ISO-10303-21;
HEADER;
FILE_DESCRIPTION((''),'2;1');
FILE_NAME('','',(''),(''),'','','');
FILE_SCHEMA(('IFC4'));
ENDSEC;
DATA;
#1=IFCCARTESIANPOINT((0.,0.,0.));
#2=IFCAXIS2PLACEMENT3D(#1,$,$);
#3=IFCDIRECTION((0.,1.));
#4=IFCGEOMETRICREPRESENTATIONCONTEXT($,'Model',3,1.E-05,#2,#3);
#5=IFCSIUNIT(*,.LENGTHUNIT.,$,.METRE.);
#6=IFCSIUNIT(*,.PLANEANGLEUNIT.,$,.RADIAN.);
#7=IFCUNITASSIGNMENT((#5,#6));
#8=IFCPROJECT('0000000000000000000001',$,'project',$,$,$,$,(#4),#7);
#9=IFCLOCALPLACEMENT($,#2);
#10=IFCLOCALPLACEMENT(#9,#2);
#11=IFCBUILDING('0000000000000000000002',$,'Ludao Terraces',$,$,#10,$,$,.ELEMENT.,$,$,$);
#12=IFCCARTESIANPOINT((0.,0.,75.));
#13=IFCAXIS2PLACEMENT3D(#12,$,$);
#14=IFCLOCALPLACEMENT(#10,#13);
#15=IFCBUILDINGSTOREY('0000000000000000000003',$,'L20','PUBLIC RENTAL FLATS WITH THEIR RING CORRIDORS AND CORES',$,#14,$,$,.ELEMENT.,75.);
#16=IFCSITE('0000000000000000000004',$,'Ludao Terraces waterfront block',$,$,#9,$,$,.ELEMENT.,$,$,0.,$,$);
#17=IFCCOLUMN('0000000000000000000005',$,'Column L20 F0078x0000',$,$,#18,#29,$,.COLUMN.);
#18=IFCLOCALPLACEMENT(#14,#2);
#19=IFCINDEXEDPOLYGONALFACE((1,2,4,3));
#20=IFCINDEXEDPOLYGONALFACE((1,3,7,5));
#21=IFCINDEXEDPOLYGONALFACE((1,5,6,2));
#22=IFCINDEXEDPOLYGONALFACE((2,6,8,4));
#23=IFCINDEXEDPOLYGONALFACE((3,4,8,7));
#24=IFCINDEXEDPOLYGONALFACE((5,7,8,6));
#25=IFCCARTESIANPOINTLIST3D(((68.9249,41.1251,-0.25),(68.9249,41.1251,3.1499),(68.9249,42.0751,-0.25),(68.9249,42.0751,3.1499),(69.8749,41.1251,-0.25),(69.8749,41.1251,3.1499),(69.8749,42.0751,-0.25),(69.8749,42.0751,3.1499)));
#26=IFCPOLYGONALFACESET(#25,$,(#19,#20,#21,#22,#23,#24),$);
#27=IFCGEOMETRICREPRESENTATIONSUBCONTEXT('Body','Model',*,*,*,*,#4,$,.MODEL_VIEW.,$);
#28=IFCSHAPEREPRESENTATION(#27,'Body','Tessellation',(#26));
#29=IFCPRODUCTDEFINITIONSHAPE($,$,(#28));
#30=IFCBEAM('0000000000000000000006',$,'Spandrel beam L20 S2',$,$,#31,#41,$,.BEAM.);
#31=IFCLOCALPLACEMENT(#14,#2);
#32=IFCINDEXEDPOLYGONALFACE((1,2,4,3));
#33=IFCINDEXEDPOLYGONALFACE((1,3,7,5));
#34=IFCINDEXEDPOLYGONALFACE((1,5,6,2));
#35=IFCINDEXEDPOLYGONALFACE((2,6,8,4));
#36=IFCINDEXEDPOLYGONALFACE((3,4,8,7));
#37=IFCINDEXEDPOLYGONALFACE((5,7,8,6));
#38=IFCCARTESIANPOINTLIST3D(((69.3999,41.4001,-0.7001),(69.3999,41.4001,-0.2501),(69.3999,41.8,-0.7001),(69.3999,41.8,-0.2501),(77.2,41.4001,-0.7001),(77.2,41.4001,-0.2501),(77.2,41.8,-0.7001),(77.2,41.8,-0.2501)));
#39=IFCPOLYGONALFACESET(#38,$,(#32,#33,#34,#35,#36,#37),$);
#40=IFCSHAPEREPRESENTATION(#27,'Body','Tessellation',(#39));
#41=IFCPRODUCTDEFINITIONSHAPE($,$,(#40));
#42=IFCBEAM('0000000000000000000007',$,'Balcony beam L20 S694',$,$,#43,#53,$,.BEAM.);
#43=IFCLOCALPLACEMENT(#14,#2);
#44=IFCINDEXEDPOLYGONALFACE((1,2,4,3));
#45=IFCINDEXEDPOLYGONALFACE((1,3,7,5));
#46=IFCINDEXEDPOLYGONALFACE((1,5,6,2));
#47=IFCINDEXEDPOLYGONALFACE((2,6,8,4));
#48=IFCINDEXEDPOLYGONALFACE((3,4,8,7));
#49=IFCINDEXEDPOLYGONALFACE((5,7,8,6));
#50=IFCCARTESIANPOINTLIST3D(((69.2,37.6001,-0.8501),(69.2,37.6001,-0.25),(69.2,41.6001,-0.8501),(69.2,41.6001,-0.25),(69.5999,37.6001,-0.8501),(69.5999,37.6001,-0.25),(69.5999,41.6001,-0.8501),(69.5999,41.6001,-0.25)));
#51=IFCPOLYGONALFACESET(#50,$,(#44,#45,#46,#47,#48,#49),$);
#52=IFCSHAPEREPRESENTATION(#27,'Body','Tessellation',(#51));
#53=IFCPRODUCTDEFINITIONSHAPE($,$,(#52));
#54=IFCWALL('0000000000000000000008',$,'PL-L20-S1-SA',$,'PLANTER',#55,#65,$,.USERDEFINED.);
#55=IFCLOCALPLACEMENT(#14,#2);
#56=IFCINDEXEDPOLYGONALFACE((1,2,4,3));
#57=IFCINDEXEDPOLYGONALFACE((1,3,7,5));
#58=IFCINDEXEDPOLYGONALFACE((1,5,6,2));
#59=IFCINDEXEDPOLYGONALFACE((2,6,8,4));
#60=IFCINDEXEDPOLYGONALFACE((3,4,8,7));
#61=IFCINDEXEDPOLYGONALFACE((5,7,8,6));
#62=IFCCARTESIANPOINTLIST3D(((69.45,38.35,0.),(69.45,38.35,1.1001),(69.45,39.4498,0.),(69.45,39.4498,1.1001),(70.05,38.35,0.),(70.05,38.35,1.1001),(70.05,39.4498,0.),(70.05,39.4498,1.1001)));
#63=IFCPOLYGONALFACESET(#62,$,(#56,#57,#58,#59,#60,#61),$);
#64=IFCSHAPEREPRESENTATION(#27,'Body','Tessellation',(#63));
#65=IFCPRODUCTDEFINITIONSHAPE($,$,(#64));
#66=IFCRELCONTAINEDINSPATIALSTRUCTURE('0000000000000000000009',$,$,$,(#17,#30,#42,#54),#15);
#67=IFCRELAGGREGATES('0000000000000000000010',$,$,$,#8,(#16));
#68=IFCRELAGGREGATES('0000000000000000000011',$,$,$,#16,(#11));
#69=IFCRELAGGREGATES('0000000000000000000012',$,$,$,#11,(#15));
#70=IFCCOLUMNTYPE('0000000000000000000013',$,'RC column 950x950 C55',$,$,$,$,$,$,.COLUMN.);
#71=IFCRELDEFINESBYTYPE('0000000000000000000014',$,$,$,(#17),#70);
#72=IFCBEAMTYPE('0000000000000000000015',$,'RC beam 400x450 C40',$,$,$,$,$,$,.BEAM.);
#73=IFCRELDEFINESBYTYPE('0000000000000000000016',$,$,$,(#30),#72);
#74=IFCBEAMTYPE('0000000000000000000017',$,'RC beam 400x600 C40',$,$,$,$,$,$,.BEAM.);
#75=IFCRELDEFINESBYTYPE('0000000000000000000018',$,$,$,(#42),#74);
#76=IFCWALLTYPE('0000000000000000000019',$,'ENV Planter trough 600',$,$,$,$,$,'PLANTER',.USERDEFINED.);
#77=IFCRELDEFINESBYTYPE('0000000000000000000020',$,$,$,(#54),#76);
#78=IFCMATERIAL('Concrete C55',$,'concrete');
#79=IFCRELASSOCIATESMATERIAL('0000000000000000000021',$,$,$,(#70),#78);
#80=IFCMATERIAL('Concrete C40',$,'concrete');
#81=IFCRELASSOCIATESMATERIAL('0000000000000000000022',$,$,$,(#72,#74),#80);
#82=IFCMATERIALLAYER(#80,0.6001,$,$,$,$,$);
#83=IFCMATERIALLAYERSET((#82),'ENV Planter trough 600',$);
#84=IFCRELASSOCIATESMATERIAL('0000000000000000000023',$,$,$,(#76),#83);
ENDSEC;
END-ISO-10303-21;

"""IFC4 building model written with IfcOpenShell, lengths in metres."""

from ifc_helpers import new_model, si_unit, direction, frame, frame_2d, origin, origin_2d, place, context, subcontext, project, spatial, rectangle, extrude, material, layer, layer_set, material_profile, profile_set, type_object, element, save


model = new_model("IFC4")

# Units and contexts
model_context = context("Model", 3, precision=1e-05, world=origin(), true_north=direction((0.0, 1.0)))
body_context = subcontext(model_context, "Body", "Model", "MODEL_VIEW")
ifc_project = project(units=[si_unit("LENGTHUNIT", "METRE"), si_unit("PLANEANGLEUNIT", "RADIAN")], contexts=[model_context])

# Site, building, storey
site_placement = place(None, origin())
site = spatial("IfcSite", under=ifc_project, at=site_placement, Name="Ludao Terraces waterfront block", CompositionType="ELEMENT", RefElevation=0.0)
building_placement = place(site_placement, origin())
building = spatial("IfcBuilding", under=site, at=building_placement, Name="Ludao Terraces", CompositionType="ELEMENT")
storey_placement = place(building_placement, frame((0.0, 0.0, 75.0)))
storey = spatial("IfcBuildingStorey", under=building, at=storey_placement, Name="L20", Description="PUBLIC RENTAL FLATS WITH THEIR RING CORRIDORS AND CORES", CompositionType="ELEMENT", Elevation=75.0)

# Column
ifc_material_1 = material(Name="Concrete C55", Category="concrete")
ifc_material_profile_1 = material_profile(ifc_material_1, rectangle(XDim=0.95, YDim=0.95, at=origin_2d()), Name="950 X 950")
ifc_profile_set_1 = profile_set([ifc_material_profile_1], Name="Concrete C55")
column_type = type_object("IfcColumnType", Name="RC column 950x950 C55", PredefinedType="COLUMN", material=ifc_profile_set_1)
column_placement = place(storey_placement, frame((69.3999, 41.6001, -0.25), z_axis=(0.0, 0.0, 1.0), x_axis=(1.0, 0.0, 0.0)))
element("IfcColumn", 1, at=column_placement, inside=storey, type_object=column_type, Name="Column L20 F0078x0000", PredefinedType="COLUMN", context=body_context, shape_type="SweptSolid", body=[
    extrude(rectangle(XDim=0.95, YDim=0.95, at=origin_2d()), origin(), (0.0, 0.0, 1.0), 3.3999),
])

# Beams
ifc_material_2 = material(Name="Concrete C40", Category="concrete")
ifc_material_profile_2 = material_profile(ifc_material_2, rectangle(XDim=0.3999, YDim=0.45, at=origin_2d()), Name="400 X 450")
ifc_profile_set_2 = profile_set([ifc_material_profile_2], Name="Concrete C40")
beam_type_1 = type_object("IfcBeamType", Name="RC beam 400x450 C40", PredefinedType="BEAM", material=ifc_profile_set_2)
beam_1_placement = place(storey_placement, frame((69.3999, 41.6001, -0.4751), z_axis=(1.0, 0.0, 0.0), x_axis=(0.0, 1.0, 0.0)))
element("IfcBeam", 2, at=beam_1_placement, inside=storey, type_object=beam_type_1, Name="Spandrel beam L20 S2", PredefinedType="BEAM", context=body_context, shape_type="SweptSolid", body=[
    extrude(rectangle(XDim=0.3999, YDim=0.45, at=origin_2d()), origin(), (0.0, 0.0, 1.0), 7.8),
])
ifc_material_profile_3 = material_profile(ifc_material_2, rectangle(XDim=0.3999, YDim=0.6001, at=origin_2d()), Name="400 X 600")
ifc_profile_set_3 = profile_set([ifc_material_profile_3], Name="Concrete C40")
beam_type_2 = type_object("IfcBeamType", Name="RC beam 400x600 C40", PredefinedType="BEAM", material=ifc_profile_set_3)
beam_2_placement = place(storey_placement, frame((69.3999, 41.6001, -0.55), z_axis=(0.0, -1.0, 0.0), x_axis=(1.0, 0.0, 0.0)))
element("IfcBeam", 3, at=beam_2_placement, inside=storey, type_object=beam_type_2, Name="Balcony beam L20 S694", PredefinedType="BEAM", context=body_context, shape_type="SweptSolid", body=[
    extrude(rectangle(XDim=0.3999, YDim=0.6001, at=origin_2d()), origin(), (0.0, 0.0, 1.0), 4.0),
])

# Wall
ifc_layer_1 = layer(ifc_material_2, 0.6001)
ifc_layer_set_1 = layer_set([ifc_layer_1], Name="ENV Planter trough 600")
wall_type_1 = type_object("IfcWallType", Name="ENV Planter trough 600", ElementType="PLANTER", PredefinedType="USERDEFINED", material=ifc_layer_set_1)
wall_1_placement = place(storey_placement, frame((69.75, 38.3501, 0.0), z_axis=(0.0, 0.0, 1.0), x_axis=(0.0, 1.0, 0.0)))
element("IfcWall", 4, at=wall_1_placement, inside=storey, type_object=wall_type_1, Name="PL-L20-S1-SA", ObjectType="PLANTER", PredefinedType="USERDEFINED", context=body_context, shape_type="SweptSolid", body=[
    extrude(rectangle(XDim=1.0999, YDim=0.6001, at=frame_2d((0.5498, 0.0))), origin(), (0.0, 0.0, 1.0), 1.1001),
])

save(model, "model.ifc")
